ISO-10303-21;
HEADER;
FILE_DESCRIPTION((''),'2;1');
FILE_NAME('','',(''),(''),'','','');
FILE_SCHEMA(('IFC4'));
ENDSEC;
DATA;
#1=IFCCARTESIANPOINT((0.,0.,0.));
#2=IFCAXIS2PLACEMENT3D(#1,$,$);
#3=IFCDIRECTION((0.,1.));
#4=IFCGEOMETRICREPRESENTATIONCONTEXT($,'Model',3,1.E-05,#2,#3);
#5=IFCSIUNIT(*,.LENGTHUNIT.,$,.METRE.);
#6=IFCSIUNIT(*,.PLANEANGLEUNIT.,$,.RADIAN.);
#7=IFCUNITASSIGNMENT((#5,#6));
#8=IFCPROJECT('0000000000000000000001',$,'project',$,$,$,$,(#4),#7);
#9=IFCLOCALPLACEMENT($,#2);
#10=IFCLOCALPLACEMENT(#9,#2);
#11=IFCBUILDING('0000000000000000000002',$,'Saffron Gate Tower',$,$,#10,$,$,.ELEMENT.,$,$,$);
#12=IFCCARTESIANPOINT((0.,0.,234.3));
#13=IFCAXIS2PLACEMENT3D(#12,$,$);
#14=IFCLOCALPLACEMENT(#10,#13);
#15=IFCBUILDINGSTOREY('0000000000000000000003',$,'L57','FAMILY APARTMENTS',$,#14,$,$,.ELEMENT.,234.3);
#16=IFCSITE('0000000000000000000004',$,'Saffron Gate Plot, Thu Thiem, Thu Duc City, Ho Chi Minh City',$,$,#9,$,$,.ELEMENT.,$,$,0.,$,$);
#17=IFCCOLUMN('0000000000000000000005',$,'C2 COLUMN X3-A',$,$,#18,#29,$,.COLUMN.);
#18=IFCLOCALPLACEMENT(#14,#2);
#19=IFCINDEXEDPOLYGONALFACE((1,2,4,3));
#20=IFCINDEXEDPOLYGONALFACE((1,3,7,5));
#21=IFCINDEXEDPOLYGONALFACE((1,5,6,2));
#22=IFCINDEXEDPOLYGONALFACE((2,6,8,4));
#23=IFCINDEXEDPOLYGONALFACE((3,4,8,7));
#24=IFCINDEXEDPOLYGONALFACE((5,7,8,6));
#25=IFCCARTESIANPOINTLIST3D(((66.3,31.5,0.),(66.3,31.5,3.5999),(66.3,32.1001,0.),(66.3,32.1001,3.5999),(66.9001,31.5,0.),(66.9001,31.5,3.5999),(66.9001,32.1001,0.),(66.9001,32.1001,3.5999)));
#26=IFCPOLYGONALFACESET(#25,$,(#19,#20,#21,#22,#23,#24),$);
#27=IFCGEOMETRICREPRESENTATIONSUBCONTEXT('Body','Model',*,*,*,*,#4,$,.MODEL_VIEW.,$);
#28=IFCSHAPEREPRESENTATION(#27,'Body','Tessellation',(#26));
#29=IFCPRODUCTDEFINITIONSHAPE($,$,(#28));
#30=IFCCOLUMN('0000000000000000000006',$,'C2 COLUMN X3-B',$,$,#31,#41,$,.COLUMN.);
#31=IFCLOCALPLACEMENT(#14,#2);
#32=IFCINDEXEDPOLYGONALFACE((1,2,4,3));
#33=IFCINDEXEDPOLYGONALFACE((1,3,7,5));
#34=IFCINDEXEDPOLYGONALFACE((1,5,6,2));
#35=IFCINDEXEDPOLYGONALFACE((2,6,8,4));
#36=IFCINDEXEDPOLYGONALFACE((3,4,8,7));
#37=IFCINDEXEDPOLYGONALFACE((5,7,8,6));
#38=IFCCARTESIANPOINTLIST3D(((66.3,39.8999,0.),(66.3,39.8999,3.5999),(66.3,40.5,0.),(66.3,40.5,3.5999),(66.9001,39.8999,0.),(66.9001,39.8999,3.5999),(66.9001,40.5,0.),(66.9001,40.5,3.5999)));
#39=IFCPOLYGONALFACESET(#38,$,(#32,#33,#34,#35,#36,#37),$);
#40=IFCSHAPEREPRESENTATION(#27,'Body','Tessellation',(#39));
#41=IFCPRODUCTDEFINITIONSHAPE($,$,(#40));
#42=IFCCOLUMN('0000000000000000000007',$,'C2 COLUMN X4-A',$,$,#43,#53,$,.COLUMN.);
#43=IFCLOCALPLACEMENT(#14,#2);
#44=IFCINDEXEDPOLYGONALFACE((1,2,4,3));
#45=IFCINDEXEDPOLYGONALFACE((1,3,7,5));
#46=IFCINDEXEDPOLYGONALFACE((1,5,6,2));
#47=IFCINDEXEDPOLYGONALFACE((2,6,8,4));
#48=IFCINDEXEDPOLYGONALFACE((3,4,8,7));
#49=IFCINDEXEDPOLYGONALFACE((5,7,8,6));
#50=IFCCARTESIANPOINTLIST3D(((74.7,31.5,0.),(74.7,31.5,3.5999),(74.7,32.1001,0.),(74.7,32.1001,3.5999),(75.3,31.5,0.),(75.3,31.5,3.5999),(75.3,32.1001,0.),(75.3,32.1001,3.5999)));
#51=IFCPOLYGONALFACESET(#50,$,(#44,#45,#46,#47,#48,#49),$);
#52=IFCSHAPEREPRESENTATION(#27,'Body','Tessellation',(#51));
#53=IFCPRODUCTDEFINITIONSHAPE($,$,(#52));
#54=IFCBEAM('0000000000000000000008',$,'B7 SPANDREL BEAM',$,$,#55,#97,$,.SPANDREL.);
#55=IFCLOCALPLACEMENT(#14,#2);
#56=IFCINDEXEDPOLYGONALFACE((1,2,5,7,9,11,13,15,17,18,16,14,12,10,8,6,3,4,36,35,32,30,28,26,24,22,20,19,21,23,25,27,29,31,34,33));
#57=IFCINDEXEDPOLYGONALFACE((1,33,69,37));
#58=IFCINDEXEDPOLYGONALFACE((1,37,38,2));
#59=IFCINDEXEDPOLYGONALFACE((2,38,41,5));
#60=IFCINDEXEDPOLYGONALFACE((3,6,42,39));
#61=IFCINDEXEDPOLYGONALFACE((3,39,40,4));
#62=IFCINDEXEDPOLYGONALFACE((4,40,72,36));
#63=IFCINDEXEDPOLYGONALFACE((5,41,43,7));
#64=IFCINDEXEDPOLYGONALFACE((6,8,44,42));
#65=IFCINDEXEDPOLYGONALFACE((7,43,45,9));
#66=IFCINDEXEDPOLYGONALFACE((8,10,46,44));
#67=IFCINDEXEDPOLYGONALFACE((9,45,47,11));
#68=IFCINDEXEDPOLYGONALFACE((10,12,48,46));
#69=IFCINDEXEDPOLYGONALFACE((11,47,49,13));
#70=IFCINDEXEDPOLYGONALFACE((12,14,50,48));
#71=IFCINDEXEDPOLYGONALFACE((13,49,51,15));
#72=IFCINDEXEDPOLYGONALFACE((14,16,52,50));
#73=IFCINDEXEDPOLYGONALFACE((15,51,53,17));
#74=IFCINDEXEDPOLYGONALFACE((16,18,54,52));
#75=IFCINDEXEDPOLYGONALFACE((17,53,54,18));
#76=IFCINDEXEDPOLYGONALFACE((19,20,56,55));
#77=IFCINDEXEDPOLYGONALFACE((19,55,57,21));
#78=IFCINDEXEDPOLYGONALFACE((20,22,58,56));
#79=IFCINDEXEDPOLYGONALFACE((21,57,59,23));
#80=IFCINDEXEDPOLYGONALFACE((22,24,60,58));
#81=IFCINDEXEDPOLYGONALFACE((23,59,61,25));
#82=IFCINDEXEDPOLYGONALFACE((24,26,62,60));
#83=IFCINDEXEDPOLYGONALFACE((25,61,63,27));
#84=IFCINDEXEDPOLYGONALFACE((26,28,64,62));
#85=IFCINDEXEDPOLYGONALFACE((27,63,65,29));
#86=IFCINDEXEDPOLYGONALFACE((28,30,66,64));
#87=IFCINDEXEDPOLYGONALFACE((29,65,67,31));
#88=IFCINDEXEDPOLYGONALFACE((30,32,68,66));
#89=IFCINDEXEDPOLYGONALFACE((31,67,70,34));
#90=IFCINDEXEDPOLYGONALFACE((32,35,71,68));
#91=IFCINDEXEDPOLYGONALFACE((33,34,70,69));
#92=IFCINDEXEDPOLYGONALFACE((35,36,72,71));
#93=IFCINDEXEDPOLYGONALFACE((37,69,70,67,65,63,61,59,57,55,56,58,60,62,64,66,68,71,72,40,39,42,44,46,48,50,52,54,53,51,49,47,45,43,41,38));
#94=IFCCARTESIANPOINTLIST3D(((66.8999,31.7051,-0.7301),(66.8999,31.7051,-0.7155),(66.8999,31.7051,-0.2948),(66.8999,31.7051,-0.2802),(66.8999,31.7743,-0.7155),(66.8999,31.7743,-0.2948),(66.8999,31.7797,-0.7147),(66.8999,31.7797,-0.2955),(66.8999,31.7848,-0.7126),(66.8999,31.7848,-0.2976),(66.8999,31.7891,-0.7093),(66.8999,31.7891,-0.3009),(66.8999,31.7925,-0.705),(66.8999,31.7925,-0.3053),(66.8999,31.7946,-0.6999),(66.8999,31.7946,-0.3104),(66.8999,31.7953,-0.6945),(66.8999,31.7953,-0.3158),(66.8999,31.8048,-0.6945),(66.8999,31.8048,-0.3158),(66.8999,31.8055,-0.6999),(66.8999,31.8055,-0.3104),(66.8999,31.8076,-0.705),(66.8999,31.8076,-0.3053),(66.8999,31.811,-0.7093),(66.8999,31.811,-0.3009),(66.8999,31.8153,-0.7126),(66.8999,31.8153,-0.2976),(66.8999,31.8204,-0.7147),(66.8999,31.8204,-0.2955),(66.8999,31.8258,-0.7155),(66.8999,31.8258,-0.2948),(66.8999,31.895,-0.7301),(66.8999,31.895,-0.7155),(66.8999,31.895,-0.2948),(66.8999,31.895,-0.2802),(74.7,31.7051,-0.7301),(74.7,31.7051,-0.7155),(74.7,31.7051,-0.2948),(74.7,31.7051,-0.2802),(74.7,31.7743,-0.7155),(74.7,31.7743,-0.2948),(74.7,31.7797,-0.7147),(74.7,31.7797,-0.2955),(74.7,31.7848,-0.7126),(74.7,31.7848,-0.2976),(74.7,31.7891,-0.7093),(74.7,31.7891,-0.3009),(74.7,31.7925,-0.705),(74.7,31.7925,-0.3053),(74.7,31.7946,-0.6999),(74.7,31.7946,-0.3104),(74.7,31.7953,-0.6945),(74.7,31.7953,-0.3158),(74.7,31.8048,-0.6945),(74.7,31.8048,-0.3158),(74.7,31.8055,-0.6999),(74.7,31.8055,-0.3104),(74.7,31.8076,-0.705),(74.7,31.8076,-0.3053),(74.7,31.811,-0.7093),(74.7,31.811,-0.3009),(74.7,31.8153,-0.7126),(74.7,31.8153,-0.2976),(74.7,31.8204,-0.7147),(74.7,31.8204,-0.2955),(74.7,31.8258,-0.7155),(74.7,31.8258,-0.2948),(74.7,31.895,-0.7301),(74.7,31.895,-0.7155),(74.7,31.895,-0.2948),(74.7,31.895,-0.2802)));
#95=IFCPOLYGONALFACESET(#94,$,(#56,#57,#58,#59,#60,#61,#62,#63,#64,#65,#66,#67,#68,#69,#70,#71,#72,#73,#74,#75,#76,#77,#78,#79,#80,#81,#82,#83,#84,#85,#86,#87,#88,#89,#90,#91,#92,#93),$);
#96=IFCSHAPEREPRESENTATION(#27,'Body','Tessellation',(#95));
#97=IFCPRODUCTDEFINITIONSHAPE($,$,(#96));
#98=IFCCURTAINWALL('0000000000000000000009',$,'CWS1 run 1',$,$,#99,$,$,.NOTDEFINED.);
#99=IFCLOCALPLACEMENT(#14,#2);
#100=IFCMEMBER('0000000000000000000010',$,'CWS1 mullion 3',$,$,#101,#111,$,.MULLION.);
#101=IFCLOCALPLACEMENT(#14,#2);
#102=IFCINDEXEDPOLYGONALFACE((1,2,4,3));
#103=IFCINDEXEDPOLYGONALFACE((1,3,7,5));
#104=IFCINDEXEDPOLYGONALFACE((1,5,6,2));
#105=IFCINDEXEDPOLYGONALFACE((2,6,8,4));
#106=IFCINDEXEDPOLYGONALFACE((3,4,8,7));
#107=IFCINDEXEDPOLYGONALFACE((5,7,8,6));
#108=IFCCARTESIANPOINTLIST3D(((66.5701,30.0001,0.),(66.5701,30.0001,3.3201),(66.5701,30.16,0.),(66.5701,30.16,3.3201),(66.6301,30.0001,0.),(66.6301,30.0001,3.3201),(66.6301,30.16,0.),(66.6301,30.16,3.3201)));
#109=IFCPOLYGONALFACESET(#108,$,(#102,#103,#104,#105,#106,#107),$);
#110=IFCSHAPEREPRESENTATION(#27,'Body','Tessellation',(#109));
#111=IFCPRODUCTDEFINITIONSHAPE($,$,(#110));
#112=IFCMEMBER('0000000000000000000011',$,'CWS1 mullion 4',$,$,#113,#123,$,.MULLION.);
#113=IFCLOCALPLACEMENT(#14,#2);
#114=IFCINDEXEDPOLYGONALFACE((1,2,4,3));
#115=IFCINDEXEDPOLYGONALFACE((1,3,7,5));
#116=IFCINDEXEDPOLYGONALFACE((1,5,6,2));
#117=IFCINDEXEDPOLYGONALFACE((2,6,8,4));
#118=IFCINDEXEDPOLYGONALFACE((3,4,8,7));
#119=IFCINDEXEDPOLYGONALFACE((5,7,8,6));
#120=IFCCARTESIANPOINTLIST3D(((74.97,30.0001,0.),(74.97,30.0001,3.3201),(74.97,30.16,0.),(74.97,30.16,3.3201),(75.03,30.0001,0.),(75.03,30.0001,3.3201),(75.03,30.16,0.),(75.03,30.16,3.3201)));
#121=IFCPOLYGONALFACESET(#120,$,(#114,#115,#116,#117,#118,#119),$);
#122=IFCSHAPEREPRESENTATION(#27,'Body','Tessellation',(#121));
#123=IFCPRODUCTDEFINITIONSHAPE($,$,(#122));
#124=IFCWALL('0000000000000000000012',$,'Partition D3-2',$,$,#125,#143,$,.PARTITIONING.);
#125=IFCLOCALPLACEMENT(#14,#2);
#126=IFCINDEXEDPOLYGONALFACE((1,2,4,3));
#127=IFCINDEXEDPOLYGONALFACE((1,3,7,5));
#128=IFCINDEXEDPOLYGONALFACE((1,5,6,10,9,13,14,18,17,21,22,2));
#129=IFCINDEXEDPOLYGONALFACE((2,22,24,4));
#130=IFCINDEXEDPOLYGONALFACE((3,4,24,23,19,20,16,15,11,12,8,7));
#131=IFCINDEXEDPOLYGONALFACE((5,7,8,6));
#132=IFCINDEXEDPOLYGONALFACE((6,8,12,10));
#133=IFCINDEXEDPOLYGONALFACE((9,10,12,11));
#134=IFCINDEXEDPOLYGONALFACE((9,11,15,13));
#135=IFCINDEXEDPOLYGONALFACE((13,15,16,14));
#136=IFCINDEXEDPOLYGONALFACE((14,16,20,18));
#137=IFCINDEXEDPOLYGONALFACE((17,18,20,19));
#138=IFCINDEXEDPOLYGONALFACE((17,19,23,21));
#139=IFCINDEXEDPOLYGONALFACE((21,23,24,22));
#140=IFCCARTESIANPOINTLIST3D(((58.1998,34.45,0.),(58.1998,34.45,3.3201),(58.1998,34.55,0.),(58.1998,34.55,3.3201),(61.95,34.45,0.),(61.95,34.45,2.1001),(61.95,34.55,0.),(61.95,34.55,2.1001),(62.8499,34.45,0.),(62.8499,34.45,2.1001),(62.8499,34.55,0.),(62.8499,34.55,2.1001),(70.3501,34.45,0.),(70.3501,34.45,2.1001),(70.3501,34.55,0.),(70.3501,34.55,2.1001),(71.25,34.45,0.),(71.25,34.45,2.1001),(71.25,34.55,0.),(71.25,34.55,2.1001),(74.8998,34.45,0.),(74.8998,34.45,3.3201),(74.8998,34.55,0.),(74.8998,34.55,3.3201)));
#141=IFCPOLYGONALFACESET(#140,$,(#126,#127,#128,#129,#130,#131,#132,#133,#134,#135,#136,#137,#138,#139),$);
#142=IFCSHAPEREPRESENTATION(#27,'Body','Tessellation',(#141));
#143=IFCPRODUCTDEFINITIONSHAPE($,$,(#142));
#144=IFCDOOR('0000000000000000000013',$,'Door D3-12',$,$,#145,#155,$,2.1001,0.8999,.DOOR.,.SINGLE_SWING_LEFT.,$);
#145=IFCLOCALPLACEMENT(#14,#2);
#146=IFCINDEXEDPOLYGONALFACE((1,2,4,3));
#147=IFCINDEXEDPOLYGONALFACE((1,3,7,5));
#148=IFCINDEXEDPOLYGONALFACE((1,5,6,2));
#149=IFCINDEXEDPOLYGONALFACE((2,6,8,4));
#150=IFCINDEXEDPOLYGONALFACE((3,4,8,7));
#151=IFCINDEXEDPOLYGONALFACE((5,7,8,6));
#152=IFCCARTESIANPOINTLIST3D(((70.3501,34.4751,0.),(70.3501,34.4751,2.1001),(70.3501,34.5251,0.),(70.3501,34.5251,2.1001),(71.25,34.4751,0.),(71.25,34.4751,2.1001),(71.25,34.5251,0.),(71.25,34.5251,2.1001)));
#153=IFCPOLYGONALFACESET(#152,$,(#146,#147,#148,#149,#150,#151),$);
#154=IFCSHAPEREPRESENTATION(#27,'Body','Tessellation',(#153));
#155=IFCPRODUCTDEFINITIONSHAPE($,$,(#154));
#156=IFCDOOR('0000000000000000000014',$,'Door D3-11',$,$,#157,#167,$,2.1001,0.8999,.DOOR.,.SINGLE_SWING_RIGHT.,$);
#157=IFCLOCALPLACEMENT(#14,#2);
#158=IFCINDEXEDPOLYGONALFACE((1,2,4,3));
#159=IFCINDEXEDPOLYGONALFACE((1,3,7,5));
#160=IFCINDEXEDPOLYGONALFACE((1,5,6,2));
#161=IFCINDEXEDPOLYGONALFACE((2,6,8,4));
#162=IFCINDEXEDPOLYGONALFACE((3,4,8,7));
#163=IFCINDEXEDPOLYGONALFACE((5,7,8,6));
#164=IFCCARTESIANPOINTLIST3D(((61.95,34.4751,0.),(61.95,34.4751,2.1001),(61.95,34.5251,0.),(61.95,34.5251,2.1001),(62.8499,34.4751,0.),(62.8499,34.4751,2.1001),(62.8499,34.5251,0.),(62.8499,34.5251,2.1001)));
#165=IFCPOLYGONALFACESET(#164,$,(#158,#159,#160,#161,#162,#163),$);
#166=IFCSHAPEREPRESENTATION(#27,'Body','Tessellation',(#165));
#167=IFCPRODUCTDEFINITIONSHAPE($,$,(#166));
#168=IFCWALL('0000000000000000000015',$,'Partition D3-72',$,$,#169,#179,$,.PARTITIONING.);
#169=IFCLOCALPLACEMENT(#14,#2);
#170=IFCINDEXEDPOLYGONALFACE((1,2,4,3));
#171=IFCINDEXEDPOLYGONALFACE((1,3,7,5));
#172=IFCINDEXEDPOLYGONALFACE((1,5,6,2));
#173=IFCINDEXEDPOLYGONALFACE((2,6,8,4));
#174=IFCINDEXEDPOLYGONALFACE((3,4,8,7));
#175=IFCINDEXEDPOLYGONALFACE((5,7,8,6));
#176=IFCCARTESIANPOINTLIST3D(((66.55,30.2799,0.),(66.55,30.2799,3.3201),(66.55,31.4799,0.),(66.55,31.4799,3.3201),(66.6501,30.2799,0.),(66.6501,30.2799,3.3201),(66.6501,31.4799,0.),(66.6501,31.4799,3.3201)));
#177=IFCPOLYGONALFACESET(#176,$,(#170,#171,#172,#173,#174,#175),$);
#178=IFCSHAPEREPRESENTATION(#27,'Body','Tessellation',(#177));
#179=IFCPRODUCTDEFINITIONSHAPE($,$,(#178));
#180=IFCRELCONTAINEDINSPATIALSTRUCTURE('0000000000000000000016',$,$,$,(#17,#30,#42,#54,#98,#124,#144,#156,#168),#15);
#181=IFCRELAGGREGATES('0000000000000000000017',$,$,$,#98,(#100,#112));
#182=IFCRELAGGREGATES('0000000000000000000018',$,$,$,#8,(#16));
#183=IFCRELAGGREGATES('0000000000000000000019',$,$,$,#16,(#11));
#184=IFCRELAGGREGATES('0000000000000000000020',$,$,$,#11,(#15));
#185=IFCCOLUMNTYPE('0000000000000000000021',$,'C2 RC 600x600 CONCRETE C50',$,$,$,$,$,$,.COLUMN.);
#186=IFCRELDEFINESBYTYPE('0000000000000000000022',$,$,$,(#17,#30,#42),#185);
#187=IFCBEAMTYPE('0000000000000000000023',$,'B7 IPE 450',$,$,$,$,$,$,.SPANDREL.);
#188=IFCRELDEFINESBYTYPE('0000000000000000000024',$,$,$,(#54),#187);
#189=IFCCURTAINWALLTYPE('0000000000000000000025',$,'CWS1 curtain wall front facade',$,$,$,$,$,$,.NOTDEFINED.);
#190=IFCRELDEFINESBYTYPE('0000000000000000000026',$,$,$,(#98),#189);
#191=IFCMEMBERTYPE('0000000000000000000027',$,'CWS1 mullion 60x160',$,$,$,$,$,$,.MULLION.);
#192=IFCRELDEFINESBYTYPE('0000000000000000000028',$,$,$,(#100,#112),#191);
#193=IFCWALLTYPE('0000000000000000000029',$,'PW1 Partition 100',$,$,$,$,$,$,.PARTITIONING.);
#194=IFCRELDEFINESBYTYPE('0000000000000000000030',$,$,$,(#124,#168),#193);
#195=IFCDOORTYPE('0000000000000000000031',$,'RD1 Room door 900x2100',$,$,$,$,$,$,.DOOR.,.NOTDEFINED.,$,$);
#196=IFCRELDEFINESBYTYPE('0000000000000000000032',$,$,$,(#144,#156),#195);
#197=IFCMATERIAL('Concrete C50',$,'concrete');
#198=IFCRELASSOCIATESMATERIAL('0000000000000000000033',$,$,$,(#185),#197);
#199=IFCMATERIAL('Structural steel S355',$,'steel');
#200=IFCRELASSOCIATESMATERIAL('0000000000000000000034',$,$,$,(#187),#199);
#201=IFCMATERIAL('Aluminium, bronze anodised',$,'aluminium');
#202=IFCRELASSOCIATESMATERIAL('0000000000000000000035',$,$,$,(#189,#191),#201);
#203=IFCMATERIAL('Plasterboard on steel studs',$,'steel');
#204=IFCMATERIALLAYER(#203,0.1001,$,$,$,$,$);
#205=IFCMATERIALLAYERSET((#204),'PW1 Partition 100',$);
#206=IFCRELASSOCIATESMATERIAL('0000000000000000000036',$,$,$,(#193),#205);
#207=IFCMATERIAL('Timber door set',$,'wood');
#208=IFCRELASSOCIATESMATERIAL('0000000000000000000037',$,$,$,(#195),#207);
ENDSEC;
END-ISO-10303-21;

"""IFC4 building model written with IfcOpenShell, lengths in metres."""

from ifc_helpers import new_model, si_unit, direction, frame, frame_2d, origin, origin_2d, place, context, subcontext, project, spatial, rectangle, i_section, extrude, material, layer, layer_set, material_profile, profile_set, type_object, element, fill, aggregate, save


model = new_model("IFC4")

# Units and contexts
model_context = context("Model", 3, precision=1e-05, world=origin(), true_north=direction((0.0, 1.0)))
body_context = subcontext(model_context, "Body", "Model", "MODEL_VIEW")
ifc_project = project(units=[si_unit("LENGTHUNIT", "METRE"), si_unit("PLANEANGLEUNIT", "RADIAN")], contexts=[model_context])

# Site, building, storey
site_placement = place(None, origin())
site = spatial("IfcSite", under=ifc_project, at=site_placement, Name="Saffron Gate Plot, Thu Thiem, Thu Duc City, Ho Chi Minh City", CompositionType="ELEMENT", RefElevation=0.0)
building_placement = place(site_placement, origin())
building = spatial("IfcBuilding", under=site, at=building_placement, Name="Saffron Gate Tower", CompositionType="ELEMENT")
storey_placement = place(building_placement, frame((0.0, 0.0, 234.3)))
storey = spatial("IfcBuildingStorey", under=building, at=storey_placement, Name="L57", Description="FAMILY APARTMENTS", CompositionType="ELEMENT", Elevation=234.3)

# Columns
ifc_material_1 = material(Name="Concrete C50", Category="concrete")
ifc_material_profile_1 = material_profile(ifc_material_1, rectangle(XDim=0.6001, YDim=0.6001, at=origin_2d()))
ifc_profile_set_1 = profile_set([ifc_material_profile_1], Name="Concrete C50")
column_type = type_object("IfcColumnType", Name="C2 RC 600x600 CONCRETE C50", PredefinedType="COLUMN", material=ifc_profile_set_1)
for number, where, z_axis, x_axis, name in (
    (1, (66.6001, 31.8, 0.0), (0.0, 0.0, 1.0), (1.0, 0.0, 0.0), "C2 COLUMN X3-A"),
    (2, (66.6001, 40.2, 0.0), (0.0, 0.0, 1.0), (1.0, 0.0, 0.0), "C2 COLUMN X3-B"),
    (3, (75.0, 31.8, 0.0), (0.0, 0.0, 1.0), (1.0, 0.0, 0.0), "C2 COLUMN X4-A"),
):
    element("IfcColumn", number, at=place(storey_placement, frame(where, z_axis=z_axis, x_axis=x_axis)), inside=storey, type_object=column_type, Name=name, PredefinedType="COLUMN", context=body_context, shape_type="SweptSolid", body=[
        extrude(rectangle(XDim=0.6001, YDim=0.6001, at=origin_2d()), origin(), (0.0, 0.0, 1.0), 3.5999),
    ])

# Beam
ifc_material_2 = material(Name="Structural steel S355", Category="steel")
ifc_material_profile_2 = material_profile(ifc_material_2, i_section(OverallWidth=0.1899, OverallDepth=0.45, WebThickness=0.0095, FlangeThickness=0.0146, FilletRadius=0.021, at=origin_2d()))
ifc_profile_set_2 = profile_set([ifc_material_profile_2], Name="Structural steel S355")
beam_type = type_object("IfcBeamType", Name="B7 IPE 450", PredefinedType="SPANDREL", material=ifc_profile_set_2)
beam_placement = place(storey_placement, frame((66.8999, 31.8, -0.5051), z_axis=(1.0, 0.0, 0.0), x_axis=(0.0, 1.0, 0.0)))
element("IfcBeam", 4, at=beam_placement, inside=storey, type_object=beam_type, Name="B7 SPANDREL BEAM", PredefinedType="SPANDREL", context=body_context, shape_type="SweptSolid", body=[
    extrude(i_section(OverallWidth=0.1899, OverallDepth=0.45, WebThickness=0.0095, FlangeThickness=0.0146, FilletRadius=0.021, at=origin_2d()), origin(), (0.0, 0.0, 1.0), 7.8),
])

# Curtain wall, members
ifc_material_3 = material(Name="Aluminium, bronze anodised", Category="aluminium")
curtain_wall_type = type_object("IfcCurtainWallType", Name="CWS1 curtain wall front facade", PredefinedType="NOTDEFINED", material=ifc_material_3)
curtain_wall_placement = place(storey_placement, origin())
curtain_wall = element("IfcCurtainWall", 5, at=curtain_wall_placement, inside=storey, type_object=curtain_wall_type, Name="CWS1 run 1", PredefinedType="NOTDEFINED")
ifc_material_profile_3 = material_profile(ifc_material_3, rectangle(XDim=0.1599, YDim=0.0601, at=origin_2d()))
ifc_profile_set_3 = profile_set([ifc_material_profile_3], Name="Aluminium, bronze anodised")
member_type = type_object("IfcMemberType", Name="CWS1 mullion 60x160", PredefinedType="MULLION", material=ifc_profile_set_3)
member_1_placement = place(storey_placement, frame((66.6001, 30.0801, 0.0), z_axis=(0.0, 0.0, 1.0), x_axis=(0.0, 1.0, 0.0)))
member_1 = element("IfcMember", 6, at=member_1_placement, type_object=member_type, Name="CWS1 mullion 3", PredefinedType="MULLION", context=body_context, shape_type="SweptSolid", body=[
    extrude(rectangle(XDim=0.1599, YDim=0.0601, at=origin_2d()), origin(), (0.0, 0.0, 1.0), 3.3201),
])
member_2_placement = place(storey_placement, frame((75.0, 30.0801, 0.0), z_axis=(0.0, 0.0, 1.0), x_axis=(0.0, 1.0, 0.0)))
member_2 = element("IfcMember", 7, at=member_2_placement, type_object=member_type, Name="CWS1 mullion 4", PredefinedType="MULLION", context=body_context, shape_type="SweptSolid", body=[
    extrude(rectangle(XDim=0.1599, YDim=0.0601, at=origin_2d()), origin(), (0.0, 0.0, 1.0), 3.3201),
])
aggregate(curtain_wall, [member_1, member_2])

# Wall, openings, doors
ifc_material_4 = material(Name="Plasterboard on steel studs", Category="steel")
ifc_layer_1 = layer(ifc_material_4, 0.1001)
ifc_layer_set_1 = layer_set([ifc_layer_1], Name="PW1 Partition 100")
wall_type_1 = type_object("IfcWallType", Name="PW1 Partition 100", PredefinedType="PARTITIONING", material=ifc_layer_set_1)
wall_1_placement = place(storey_placement, frame((74.8999, 34.5, 0.0), z_axis=(0.0, 0.0, 1.0), x_axis=(-1.0, 0.0, 0.0)))
wall_1 = element("IfcWall", 8, at=wall_1_placement, inside=storey, type_object=wall_type_1, Name="Partition D3-2", PredefinedType="PARTITIONING", context=body_context, shape_type="SweptSolid", body=[
    extrude(rectangle(XDim=16.7, YDim=0.1001, at=frame_2d((8.3501, 0.0))), origin(), (0.0, 0.0, 1.0), 3.3201),
])
opening_1_placement = place(wall_1_placement, frame((3.6499, 0.0, 0.0)))
opening_1 = element("IfcOpeningElement", 9, at=opening_1_placement, cuts=wall_1, PredefinedType="OPENING", context=body_context, shape_type="SweptSolid", body=[
    extrude(rectangle(XDim=0.8999, YDim=2.1001, at=frame_2d((0.45, 1.05))), frame((0.0, 0.0601, 0.0), z_axis=(0.0, -1.0, 0.0), x_axis=(1.0, 0.0, 0.0)), (0.0, 0.0, 1.0), 0.1201),
])
opening_2_placement = place(wall_1_placement, frame((12.05, 0.0, 0.0)))
opening_2 = element("IfcOpeningElement", 10, at=opening_2_placement, cuts=wall_1, PredefinedType="OPENING", context=body_context, shape_type="SweptSolid", body=[
    extrude(rectangle(XDim=0.8999, YDim=2.1001, at=frame_2d((0.45, 1.05))), frame((0.0, 0.0601, 0.0), z_axis=(0.0, -1.0, 0.0), x_axis=(1.0, 0.0, 0.0)), (0.0, 0.0, 1.0), 0.1201),
])
ifc_material_5 = material(Name="Timber door set", Category="wood")
door_type = type_object("IfcDoorType", Name="RD1 Room door 900x2100", OperationType="NOTDEFINED", PredefinedType="DOOR", material=ifc_material_5)
door_1_placement = place(opening_1_placement, origin())
door_1 = element("IfcDoor", 11, at=door_1_placement, inside=storey, type_object=door_type, Name="Door D3-12", OperationType="SINGLE_SWING_LEFT", OverallHeight=2.1001, OverallWidth=0.8999, PredefinedType="DOOR", context=body_context, shape_type="SweptSolid", body=[
    extrude(rectangle(XDim=0.8999, YDim=2.1001, at=frame_2d((0.45, 1.05))), frame((0.0, 0.0249, 0.0), z_axis=(0.0, -1.0, 0.0), x_axis=(1.0, 0.0, 0.0)), (0.0, 0.0, 1.0), 0.05),
])
fill(opening_1, door_1)
door_2_placement = place(opening_2_placement, origin())
door_2 = element("IfcDoor", 12, at=door_2_placement, inside=storey, type_object=door_type, Name="Door D3-11", OperationType="SINGLE_SWING_RIGHT", OverallHeight=2.1001, OverallWidth=0.8999, PredefinedType="DOOR", context=body_context, shape_type="SweptSolid", body=[
    extrude(rectangle(XDim=0.8999, YDim=2.1001, at=frame_2d((0.45, 1.05))), frame((0.0, 0.0249, 0.0), z_axis=(0.0, -1.0, 0.0), x_axis=(1.0, 0.0, 0.0)), (0.0, 0.0, 1.0), 0.05),
])
fill(opening_2, door_2)

# Wall
wall_2_placement = place(storey_placement, frame((66.6001, 31.48, 0.0), z_axis=(0.0, 0.0, 1.0), x_axis=(0.0, -1.0, 0.0)))
element("IfcWall", 13, at=wall_2_placement, inside=storey, type_object=wall_type_1, Name="Partition D3-72", PredefinedType="PARTITIONING", context=body_context, shape_type="SweptSolid", body=[
    extrude(rectangle(XDim=1.2, YDim=0.1001, at=frame_2d((0.6001, 0.0))), origin(), (0.0, 0.0, 1.0), 3.3201),
])

save(model, "model.ifc")
